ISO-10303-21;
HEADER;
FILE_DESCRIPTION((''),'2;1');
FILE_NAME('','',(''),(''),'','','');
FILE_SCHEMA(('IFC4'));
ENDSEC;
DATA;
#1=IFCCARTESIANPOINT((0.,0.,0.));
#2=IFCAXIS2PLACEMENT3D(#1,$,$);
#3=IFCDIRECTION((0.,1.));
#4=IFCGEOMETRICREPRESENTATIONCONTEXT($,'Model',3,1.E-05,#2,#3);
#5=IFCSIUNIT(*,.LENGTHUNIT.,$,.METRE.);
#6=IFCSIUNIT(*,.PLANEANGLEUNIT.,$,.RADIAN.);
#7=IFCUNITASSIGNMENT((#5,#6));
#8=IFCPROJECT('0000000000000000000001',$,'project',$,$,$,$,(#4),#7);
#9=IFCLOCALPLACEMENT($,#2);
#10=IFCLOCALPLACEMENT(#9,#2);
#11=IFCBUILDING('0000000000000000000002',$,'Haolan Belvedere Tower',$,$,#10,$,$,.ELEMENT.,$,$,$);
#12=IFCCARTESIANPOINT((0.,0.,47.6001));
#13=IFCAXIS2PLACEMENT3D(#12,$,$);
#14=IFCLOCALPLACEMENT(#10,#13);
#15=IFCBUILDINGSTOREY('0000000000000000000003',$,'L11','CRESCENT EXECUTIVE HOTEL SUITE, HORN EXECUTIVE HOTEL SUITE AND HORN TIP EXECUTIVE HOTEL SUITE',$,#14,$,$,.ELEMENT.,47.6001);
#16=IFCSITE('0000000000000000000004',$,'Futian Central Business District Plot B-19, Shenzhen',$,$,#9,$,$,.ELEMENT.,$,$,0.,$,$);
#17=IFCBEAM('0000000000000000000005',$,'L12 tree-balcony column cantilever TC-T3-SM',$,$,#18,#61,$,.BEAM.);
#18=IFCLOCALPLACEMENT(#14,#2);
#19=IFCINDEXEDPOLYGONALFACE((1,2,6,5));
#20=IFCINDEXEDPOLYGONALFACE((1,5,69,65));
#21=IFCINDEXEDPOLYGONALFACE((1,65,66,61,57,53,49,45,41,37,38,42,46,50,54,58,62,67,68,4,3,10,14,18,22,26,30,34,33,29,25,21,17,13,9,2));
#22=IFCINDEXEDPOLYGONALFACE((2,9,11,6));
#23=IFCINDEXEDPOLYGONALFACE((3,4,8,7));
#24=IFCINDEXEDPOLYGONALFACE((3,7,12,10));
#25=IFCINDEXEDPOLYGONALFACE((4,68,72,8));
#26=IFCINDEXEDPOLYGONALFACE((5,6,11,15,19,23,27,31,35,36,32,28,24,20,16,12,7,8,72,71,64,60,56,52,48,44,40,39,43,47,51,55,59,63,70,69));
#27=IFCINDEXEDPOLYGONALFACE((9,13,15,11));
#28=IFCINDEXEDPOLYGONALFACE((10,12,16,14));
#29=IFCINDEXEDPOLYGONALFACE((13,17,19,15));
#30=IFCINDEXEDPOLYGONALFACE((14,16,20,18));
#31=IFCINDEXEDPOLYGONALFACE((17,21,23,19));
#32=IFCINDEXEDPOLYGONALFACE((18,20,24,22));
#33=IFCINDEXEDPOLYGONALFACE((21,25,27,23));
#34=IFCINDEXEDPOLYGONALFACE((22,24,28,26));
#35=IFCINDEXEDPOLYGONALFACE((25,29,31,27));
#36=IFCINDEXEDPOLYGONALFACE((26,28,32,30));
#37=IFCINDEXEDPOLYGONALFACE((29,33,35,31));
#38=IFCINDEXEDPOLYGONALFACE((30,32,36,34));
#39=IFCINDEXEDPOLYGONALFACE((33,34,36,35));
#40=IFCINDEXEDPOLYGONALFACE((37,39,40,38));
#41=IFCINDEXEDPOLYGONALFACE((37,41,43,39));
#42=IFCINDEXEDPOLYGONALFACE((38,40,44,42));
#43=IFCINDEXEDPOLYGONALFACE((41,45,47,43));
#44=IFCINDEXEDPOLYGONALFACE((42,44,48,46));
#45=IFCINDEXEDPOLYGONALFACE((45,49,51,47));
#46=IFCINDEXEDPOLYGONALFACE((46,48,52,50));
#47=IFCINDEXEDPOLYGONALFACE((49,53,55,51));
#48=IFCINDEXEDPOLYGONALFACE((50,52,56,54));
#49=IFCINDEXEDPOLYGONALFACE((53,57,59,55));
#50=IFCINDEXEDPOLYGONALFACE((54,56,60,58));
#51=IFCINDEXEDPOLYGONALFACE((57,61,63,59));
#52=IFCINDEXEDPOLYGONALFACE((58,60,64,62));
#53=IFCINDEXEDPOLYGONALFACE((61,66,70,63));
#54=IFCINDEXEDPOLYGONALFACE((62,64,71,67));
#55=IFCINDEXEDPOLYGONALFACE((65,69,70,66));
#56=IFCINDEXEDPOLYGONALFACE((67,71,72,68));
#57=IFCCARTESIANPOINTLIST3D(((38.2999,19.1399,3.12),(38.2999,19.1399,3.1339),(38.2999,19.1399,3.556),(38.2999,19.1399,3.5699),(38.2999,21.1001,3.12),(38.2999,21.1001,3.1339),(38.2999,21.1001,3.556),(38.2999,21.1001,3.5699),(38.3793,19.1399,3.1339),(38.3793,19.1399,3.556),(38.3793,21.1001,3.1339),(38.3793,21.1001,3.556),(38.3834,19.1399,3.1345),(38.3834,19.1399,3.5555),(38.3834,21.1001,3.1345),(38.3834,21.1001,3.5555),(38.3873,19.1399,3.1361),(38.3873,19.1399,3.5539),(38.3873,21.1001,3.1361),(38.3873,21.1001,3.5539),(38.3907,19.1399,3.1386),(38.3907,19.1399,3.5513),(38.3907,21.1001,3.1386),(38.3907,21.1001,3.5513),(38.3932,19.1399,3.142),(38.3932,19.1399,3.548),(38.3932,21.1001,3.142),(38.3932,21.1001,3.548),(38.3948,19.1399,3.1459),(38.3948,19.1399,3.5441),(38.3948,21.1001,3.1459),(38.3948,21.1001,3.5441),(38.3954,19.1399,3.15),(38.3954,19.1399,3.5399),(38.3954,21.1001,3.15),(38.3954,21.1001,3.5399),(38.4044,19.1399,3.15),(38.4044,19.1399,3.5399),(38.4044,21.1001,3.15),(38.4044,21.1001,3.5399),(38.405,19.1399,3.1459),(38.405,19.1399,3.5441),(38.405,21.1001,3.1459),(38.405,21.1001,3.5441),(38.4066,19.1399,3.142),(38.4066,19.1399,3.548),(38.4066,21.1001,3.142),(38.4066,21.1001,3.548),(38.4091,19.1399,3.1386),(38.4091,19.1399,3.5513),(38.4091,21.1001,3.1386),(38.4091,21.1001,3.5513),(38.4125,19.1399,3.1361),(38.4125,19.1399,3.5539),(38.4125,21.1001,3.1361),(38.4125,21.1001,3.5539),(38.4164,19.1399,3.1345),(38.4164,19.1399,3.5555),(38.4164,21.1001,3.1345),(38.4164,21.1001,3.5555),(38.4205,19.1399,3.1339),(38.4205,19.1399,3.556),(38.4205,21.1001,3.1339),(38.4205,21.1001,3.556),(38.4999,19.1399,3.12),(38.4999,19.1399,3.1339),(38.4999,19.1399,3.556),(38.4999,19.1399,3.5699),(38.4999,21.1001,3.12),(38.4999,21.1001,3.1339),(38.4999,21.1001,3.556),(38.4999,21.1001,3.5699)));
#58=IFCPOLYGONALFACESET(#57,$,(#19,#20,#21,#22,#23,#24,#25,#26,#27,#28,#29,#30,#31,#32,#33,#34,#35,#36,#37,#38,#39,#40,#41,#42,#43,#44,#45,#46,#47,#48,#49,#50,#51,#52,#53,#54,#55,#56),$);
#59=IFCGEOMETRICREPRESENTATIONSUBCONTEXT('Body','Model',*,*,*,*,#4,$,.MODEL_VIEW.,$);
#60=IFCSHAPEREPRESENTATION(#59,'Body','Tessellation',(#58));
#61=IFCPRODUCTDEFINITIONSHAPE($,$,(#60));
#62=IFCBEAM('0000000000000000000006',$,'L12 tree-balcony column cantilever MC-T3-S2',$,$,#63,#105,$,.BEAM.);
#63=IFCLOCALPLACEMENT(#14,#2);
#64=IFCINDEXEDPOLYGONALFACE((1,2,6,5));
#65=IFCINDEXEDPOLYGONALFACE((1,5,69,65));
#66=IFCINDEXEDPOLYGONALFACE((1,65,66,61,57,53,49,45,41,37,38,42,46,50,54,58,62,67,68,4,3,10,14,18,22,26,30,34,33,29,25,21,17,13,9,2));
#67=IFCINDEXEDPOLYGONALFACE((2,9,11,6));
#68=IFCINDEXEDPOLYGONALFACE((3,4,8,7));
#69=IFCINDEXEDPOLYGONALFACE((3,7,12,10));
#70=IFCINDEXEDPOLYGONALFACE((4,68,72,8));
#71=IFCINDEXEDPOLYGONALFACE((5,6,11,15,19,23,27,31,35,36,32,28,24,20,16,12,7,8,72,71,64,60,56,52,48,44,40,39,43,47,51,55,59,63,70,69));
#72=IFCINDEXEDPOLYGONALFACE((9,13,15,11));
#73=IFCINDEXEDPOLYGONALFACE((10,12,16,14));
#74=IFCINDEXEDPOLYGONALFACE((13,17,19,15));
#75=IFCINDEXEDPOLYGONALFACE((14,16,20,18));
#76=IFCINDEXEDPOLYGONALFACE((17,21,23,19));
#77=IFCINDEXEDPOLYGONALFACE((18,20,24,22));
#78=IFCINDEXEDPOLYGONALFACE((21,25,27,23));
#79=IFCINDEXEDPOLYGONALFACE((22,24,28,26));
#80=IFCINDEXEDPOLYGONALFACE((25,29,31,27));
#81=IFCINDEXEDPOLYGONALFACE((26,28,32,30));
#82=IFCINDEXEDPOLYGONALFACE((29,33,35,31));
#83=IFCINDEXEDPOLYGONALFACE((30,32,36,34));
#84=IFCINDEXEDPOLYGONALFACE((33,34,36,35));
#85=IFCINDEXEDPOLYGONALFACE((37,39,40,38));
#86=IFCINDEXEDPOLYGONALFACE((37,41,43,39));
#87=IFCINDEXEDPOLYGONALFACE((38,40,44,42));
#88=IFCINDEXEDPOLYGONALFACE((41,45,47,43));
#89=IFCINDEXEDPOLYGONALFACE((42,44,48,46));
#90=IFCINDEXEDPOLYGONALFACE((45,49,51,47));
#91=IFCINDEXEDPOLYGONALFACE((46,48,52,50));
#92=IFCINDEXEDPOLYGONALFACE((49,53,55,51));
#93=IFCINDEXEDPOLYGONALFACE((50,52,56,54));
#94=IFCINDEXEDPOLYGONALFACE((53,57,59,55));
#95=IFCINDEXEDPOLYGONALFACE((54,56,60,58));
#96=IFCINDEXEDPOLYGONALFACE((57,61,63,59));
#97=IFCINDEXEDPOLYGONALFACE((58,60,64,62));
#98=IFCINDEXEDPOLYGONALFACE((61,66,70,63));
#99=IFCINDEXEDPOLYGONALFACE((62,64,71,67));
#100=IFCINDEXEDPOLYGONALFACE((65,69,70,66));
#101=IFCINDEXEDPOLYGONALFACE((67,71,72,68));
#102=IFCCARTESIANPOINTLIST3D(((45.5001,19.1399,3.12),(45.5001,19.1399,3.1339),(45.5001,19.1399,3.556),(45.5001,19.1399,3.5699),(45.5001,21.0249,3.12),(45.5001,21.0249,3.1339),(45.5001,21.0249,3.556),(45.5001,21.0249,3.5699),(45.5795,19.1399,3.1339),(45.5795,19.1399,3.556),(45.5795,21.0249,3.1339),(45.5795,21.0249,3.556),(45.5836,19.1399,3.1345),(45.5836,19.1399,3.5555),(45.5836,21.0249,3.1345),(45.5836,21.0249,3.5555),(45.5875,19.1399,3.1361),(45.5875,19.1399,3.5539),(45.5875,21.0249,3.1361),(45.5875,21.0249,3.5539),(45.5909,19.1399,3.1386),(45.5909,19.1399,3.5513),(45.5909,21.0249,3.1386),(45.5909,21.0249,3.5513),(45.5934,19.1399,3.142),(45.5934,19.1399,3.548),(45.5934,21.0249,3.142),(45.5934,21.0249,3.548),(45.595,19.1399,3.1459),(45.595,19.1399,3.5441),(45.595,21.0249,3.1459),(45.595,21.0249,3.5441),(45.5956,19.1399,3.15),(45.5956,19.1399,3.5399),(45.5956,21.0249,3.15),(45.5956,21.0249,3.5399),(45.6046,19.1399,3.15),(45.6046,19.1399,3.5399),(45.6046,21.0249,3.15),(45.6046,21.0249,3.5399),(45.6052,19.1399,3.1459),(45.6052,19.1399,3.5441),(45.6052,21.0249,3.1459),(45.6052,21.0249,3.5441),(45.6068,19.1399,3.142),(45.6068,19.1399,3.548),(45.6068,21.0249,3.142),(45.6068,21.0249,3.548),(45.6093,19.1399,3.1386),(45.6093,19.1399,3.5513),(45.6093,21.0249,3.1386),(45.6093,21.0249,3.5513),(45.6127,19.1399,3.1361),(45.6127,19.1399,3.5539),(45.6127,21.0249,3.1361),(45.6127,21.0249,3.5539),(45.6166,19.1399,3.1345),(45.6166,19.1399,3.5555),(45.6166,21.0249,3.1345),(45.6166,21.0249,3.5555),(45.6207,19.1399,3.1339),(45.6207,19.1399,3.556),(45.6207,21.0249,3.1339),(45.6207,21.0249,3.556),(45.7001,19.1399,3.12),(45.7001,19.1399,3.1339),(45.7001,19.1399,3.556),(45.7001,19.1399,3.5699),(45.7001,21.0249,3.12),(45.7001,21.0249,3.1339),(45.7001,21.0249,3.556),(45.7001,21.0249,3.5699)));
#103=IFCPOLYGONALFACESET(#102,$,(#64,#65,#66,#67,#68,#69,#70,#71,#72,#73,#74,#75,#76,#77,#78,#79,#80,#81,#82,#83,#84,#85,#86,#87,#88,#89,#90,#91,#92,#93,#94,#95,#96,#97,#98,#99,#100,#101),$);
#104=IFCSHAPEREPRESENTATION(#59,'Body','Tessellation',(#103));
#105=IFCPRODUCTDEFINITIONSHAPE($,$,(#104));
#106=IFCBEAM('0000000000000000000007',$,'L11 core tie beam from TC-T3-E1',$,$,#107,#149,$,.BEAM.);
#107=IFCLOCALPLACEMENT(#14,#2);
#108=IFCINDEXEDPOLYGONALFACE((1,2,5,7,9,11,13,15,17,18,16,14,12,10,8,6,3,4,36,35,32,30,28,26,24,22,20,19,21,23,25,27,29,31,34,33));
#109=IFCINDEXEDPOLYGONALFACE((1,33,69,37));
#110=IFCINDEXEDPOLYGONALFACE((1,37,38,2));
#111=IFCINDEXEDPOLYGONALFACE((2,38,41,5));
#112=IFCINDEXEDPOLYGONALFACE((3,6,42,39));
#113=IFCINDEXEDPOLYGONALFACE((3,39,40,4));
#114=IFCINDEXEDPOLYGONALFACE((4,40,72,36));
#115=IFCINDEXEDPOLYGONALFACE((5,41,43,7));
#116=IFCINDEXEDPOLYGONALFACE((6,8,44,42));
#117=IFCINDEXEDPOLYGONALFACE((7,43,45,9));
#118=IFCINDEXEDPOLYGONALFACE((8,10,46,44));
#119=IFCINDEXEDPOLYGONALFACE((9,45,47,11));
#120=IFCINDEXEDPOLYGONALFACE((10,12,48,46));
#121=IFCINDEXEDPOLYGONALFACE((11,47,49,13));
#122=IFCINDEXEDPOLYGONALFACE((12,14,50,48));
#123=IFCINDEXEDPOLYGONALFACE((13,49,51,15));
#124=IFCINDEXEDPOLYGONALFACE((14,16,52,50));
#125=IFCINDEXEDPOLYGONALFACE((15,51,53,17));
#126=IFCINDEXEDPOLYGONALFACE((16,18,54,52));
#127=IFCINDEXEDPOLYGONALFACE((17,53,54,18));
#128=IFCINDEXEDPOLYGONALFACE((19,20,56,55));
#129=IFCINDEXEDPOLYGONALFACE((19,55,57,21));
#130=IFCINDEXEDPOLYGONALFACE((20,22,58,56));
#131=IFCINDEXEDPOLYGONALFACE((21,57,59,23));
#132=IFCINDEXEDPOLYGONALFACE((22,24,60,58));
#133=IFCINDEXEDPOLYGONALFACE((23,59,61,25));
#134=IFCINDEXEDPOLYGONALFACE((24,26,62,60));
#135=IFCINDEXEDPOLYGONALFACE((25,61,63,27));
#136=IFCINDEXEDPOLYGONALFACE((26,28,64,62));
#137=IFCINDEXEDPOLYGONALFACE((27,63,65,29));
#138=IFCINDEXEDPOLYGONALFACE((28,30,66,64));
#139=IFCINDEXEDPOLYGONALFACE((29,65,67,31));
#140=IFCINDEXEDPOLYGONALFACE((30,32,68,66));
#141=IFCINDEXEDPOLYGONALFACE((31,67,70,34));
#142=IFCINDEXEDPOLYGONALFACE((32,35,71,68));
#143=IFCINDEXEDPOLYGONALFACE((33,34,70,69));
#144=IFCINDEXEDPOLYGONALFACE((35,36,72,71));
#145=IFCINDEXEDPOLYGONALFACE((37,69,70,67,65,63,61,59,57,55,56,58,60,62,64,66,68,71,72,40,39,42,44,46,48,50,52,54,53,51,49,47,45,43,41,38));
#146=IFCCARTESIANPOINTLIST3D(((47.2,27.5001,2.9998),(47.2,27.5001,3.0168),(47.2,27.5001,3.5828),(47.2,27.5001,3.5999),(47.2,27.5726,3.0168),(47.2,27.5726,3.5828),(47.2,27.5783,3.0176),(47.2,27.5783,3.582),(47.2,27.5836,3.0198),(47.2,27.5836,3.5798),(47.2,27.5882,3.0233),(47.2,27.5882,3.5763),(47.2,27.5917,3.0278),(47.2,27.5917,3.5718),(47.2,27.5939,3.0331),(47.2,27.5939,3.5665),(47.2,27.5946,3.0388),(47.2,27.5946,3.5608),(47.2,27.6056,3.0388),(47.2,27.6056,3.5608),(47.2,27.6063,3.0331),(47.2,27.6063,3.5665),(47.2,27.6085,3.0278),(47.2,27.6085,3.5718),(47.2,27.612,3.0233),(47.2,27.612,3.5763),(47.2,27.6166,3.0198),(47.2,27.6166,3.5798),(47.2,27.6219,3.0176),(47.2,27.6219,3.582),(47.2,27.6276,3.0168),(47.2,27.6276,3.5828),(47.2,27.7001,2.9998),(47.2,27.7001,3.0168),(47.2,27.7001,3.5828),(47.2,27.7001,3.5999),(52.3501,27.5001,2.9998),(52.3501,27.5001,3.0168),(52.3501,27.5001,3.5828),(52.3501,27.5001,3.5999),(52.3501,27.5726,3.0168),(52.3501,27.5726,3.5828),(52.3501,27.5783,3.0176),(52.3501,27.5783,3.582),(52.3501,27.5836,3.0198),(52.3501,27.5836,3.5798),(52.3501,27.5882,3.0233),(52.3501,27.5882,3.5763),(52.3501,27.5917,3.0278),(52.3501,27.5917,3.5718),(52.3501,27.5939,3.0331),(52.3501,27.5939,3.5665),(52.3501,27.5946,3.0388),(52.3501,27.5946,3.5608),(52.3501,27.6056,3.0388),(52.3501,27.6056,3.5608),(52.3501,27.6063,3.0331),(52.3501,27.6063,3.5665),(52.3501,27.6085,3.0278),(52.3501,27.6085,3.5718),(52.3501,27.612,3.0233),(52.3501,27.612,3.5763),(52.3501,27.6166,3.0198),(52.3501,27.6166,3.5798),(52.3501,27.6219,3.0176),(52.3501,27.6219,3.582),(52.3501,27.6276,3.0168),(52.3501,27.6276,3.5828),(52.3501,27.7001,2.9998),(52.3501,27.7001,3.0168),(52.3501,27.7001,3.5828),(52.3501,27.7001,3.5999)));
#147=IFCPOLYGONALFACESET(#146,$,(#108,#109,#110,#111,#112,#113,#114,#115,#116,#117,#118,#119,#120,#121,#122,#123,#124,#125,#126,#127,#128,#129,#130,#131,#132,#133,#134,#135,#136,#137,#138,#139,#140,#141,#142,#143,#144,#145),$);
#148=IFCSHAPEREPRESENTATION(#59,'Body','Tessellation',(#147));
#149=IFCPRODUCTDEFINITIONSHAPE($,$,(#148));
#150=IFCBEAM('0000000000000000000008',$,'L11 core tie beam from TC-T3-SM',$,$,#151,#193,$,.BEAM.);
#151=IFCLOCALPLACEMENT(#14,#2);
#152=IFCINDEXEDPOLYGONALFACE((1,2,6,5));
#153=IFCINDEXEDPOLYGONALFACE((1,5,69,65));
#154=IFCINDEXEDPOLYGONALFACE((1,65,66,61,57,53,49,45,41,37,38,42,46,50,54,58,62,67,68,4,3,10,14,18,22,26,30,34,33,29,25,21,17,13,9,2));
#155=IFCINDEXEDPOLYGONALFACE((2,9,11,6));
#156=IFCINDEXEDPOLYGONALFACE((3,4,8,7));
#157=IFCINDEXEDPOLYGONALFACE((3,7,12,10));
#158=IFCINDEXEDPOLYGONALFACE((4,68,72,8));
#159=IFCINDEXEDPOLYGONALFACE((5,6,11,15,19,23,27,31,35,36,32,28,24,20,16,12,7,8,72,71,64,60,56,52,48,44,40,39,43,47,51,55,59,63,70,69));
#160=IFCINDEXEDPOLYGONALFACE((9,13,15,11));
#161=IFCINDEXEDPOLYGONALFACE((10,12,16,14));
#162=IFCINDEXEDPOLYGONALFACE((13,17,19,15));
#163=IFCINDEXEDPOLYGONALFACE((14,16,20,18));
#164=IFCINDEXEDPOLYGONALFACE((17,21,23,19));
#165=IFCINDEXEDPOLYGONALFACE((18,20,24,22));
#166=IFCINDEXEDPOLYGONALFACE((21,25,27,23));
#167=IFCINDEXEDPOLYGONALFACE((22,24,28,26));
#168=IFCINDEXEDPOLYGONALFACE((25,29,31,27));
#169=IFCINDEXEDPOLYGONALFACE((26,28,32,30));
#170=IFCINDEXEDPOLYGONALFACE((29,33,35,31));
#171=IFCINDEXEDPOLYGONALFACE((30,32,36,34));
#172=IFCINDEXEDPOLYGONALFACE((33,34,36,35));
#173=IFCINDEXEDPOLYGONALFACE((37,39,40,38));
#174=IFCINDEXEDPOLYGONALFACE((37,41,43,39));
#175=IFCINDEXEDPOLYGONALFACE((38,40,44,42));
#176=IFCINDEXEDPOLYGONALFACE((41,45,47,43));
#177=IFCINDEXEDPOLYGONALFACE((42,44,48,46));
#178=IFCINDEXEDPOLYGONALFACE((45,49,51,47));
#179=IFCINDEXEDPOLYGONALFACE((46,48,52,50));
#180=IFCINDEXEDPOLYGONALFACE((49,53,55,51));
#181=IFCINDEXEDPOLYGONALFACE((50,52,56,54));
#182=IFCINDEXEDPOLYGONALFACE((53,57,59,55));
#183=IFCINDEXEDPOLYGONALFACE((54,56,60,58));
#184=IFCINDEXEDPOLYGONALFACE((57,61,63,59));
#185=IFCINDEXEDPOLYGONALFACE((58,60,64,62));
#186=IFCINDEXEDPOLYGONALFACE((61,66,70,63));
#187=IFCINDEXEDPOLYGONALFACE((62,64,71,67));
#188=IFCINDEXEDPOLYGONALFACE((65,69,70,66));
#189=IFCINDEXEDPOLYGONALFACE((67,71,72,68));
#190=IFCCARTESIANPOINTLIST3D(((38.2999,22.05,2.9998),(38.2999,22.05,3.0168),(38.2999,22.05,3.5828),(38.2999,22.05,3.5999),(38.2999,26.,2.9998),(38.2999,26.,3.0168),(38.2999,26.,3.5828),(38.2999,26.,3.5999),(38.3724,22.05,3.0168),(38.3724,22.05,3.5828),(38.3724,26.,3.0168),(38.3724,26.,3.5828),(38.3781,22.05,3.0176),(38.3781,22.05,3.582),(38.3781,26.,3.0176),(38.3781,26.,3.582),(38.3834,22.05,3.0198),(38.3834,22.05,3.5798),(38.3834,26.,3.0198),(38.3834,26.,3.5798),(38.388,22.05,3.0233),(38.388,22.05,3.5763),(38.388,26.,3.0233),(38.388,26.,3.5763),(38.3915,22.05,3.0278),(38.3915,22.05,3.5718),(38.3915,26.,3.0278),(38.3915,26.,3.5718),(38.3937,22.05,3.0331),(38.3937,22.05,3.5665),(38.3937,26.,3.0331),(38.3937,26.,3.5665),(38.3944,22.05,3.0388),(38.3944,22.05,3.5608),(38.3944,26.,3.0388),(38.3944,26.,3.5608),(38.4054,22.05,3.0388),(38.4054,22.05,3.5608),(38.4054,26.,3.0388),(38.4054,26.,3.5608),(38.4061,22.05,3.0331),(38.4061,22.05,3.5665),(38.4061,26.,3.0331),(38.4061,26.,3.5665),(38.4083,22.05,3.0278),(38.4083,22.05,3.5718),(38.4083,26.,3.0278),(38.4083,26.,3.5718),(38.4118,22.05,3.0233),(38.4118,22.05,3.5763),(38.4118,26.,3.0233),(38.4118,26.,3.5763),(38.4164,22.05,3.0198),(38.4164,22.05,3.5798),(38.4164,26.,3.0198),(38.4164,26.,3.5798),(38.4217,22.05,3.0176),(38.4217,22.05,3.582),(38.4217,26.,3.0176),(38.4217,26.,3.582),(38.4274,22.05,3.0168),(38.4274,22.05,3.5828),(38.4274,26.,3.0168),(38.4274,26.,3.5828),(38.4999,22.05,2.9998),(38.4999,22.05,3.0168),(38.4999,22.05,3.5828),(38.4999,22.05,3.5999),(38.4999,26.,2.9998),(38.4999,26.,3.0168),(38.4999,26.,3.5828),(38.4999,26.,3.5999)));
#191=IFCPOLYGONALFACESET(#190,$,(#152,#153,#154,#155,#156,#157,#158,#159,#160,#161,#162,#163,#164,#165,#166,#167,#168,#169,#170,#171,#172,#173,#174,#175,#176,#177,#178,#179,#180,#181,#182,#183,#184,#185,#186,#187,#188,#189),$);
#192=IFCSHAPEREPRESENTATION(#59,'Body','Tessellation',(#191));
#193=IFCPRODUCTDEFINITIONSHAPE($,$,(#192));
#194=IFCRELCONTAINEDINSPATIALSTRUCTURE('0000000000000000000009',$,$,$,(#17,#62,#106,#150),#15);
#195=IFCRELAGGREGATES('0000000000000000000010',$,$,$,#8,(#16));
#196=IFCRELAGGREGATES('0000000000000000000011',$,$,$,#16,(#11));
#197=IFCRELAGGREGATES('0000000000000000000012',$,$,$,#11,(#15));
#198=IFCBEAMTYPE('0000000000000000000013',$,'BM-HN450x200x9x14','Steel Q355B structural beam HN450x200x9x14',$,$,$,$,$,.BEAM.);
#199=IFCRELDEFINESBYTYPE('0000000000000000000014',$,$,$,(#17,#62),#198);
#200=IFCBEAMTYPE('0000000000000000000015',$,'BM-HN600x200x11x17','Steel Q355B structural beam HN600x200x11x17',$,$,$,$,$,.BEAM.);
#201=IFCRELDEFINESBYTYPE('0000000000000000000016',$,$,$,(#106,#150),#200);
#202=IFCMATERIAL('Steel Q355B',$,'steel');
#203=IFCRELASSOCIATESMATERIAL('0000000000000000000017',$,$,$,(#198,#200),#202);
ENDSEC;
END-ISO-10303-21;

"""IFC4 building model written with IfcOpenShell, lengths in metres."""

from ifc_helpers import new_model, si_unit, direction, frame, origin, origin_2d, place, context, subcontext, project, spatial, i_section, extrude, material, material_profile, profile_set, type_object, element, save


model = new_model("IFC4")

# Units and contexts
model_context = context("Model", 3, precision=1e-05, world=origin(), true_north=direction((0.0, 1.0)))
body_context = subcontext(model_context, "Body", "Model", "MODEL_VIEW")
ifc_project = project(units=[si_unit("LENGTHUNIT", "METRE"), si_unit("PLANEANGLEUNIT", "RADIAN")], contexts=[model_context])

# Site, building, storey
site_placement = place(None, origin())
site = spatial("IfcSite", under=ifc_project, at=site_placement, Name="Futian Central Business District Plot B-19, Shenzhen", CompositionType="ELEMENT", RefElevation=0.0)
building_placement = place(site_placement, origin())
building = spatial("IfcBuilding", under=site, at=building_placement, Name="Haolan Belvedere Tower", CompositionType="ELEMENT")
storey_placement = place(building_placement, frame((0.0, 0.0, 47.6001)))
storey = spatial("IfcBuildingStorey", under=building, at=storey_placement, Name="L11", Description="CRESCENT EXECUTIVE HOTEL SUITE, HORN EXECUTIVE HOTEL SUITE AND HORN TIP EXECUTIVE HOTEL SUITE", CompositionType="ELEMENT", Elevation=47.6001)

# Shared definitions
ifc_material_1 = material(Name="Steel Q355B", Category="steel")

# Beams
ifc_material_profile_1 = material_profile(ifc_material_1, i_section(OverallWidth=0.2, OverallDepth=0.45, WebThickness=0.009, FlangeThickness=0.0139, FilletRadius=0.0161, at=origin_2d()), Name="Steel Q355B")
ifc_profile_set_1 = profile_set([ifc_material_profile_1], Name="Steel Q355B")
beam_type_1 = type_object("IfcBeamType", Name="BM-HN450x200x9x14", Description="Steel Q355B structural beam HN450x200x9x14", PredefinedType="BEAM", material=ifc_profile_set_1)
beam_1_placement = place(storey_placement, frame((38.3999, 21.1001, 3.345), z_axis=(0.0, -1.0, 0.0), x_axis=(1.0, 0.0, 0.0)))
element("IfcBeam", 1, at=beam_1_placement, inside=storey, type_object=beam_type_1, Name="L12 tree-balcony column cantilever TC-T3-SM", PredefinedType="BEAM", context=body_context, shape_type="SweptSolid", body=[
    extrude(i_section(OverallWidth=0.2, OverallDepth=0.45, WebThickness=0.009, FlangeThickness=0.0139, FilletRadius=0.0161, at=origin_2d()), origin(), (0.0, 0.0, 1.0), 1.9602),
])
beam_2_placement = place(storey_placement, frame((45.6001, 21.0249, 3.345), z_axis=(0.0, -1.0, 0.0), x_axis=(1.0, 0.0, 0.0)))
element("IfcBeam", 2, at=beam_2_placement, inside=storey, type_object=beam_type_1, Name="L12 tree-balcony column cantilever MC-T3-S2", PredefinedType="BEAM", context=body_context, shape_type="SweptSolid", body=[
    extrude(i_section(OverallWidth=0.2, OverallDepth=0.45, WebThickness=0.009, FlangeThickness=0.0139, FilletRadius=0.0161, at=origin_2d()), origin(), (0.0, 0.0, 1.0), 1.885),
])
ifc_material_profile_2 = material_profile(ifc_material_1, i_section(OverallWidth=0.2, OverallDepth=0.6001, WebThickness=0.011, FlangeThickness=0.0171, FilletRadius=0.022, at=origin_2d()), Name="Steel Q355B")
ifc_profile_set_2 = profile_set([ifc_material_profile_2], Name="Steel Q355B")
beam_type_2 = type_object("IfcBeamType", Name="BM-HN600x200x11x17", Description="Steel Q355B structural beam HN600x200x11x17", PredefinedType="BEAM", material=ifc_profile_set_2)
beam_3_placement = place(storey_placement, frame((52.3501, 27.6001, 3.2998), z_axis=(-1.0, 0.0, 0.0), x_axis=(0.0, -1.0, 0.0)))
element("IfcBeam", 3, at=beam_3_placement, inside=storey, type_object=beam_type_2, Name="L11 core tie beam from TC-T3-E1", PredefinedType="BEAM", context=body_context, shape_type="SweptSolid", body=[
    extrude(i_section(OverallWidth=0.2, OverallDepth=0.6001, WebThickness=0.011, FlangeThickness=0.0171, FilletRadius=0.022, at=origin_2d()), origin(), (0.0, 0.0, 1.0), 5.1501),
])
for number, where, z_axis, x_axis, name in (
    (4, (38.3999, 22.05, 3.2998), (0.0, 1.0, 0.0), (-1.0, 0.0, 0.0), "L11 core tie beam from TC-T3-SM"),
):
    element("IfcBeam", number, at=place(storey_placement, frame(where, z_axis=z_axis, x_axis=x_axis)), inside=storey, type_object=beam_type_2, Name=name, PredefinedType="BEAM", context=body_context, shape_type="SweptSolid", body=[
        extrude(i_section(OverallWidth=0.2, OverallDepth=0.6001, WebThickness=0.011, FlangeThickness=0.0171, FilletRadius=0.022, at=origin_2d()), origin(), (0.0, 0.0, 1.0), 3.95),
    ])

save(model, "model.ifc")
